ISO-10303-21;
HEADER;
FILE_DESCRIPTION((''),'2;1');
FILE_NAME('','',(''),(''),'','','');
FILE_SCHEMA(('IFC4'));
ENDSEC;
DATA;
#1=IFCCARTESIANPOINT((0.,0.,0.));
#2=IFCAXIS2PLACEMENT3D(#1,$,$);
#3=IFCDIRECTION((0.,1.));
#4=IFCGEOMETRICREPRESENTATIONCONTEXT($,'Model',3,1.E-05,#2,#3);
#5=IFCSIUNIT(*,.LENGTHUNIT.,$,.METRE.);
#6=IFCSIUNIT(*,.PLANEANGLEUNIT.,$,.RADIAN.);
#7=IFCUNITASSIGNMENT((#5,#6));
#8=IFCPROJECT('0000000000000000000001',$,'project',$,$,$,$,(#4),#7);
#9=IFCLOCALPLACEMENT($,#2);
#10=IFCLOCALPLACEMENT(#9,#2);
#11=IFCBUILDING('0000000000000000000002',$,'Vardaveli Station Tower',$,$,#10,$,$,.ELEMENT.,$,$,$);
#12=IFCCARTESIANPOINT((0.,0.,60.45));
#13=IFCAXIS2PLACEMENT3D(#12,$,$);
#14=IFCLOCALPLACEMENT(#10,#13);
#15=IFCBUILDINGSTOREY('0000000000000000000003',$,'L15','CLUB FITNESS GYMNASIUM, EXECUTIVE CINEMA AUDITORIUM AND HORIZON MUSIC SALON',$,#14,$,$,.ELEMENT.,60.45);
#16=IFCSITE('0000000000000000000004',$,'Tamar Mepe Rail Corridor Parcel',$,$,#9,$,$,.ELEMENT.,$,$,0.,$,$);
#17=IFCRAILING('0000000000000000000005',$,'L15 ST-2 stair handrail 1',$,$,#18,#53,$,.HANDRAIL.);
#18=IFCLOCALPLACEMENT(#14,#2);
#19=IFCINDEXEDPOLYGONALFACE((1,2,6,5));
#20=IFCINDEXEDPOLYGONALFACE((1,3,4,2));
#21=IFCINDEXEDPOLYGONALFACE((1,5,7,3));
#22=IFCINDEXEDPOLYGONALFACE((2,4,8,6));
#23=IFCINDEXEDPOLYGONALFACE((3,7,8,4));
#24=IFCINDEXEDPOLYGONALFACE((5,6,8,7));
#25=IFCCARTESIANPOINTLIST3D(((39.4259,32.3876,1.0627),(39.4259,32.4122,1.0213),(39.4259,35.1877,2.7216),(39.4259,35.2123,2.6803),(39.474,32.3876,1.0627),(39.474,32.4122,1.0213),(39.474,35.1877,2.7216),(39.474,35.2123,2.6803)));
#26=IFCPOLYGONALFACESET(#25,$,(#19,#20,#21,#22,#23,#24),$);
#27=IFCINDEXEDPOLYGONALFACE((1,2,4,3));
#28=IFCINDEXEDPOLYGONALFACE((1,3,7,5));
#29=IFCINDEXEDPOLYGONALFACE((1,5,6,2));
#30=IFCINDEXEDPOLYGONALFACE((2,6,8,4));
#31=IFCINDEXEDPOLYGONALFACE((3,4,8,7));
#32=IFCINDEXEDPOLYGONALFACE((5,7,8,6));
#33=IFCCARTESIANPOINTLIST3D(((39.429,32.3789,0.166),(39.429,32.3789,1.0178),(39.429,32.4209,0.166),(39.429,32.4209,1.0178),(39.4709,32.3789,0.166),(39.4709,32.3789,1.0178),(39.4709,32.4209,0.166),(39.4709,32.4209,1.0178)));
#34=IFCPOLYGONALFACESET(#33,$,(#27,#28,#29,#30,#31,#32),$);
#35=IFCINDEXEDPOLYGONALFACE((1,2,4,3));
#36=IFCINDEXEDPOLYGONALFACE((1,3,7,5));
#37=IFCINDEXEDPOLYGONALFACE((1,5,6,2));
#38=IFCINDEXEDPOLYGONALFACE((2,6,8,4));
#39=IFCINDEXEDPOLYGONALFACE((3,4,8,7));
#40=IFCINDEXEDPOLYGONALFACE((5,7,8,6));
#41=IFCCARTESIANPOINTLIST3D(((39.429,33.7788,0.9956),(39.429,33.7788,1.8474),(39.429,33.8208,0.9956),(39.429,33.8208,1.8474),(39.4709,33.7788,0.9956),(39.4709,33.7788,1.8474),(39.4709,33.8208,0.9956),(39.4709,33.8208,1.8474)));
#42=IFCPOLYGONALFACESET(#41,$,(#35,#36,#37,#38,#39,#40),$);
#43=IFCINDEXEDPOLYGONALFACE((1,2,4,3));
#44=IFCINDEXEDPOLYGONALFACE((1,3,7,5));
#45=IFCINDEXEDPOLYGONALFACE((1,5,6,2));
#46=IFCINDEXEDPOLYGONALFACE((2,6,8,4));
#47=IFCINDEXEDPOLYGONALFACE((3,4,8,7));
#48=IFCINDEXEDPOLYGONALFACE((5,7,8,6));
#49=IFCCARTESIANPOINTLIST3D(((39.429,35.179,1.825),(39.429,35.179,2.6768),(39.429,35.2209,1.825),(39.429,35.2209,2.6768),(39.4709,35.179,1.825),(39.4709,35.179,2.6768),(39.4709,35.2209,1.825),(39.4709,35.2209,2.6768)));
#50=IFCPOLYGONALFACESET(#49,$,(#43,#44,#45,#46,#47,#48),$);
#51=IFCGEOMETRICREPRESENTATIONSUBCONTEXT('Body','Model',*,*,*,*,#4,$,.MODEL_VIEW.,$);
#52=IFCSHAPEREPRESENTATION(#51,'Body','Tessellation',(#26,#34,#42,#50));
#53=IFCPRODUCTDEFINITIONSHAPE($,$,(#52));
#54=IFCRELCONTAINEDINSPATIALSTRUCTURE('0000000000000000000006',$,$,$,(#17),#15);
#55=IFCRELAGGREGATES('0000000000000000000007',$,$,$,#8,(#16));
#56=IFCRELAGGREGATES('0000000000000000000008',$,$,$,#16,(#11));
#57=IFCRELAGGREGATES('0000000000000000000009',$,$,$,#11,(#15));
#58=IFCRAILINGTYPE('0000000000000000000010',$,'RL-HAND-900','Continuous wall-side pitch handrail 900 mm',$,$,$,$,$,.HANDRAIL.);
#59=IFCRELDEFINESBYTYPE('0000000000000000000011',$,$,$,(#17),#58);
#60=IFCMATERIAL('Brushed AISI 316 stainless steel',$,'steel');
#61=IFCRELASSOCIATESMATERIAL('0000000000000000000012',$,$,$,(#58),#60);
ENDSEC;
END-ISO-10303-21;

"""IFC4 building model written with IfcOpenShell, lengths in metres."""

from ifc_helpers import new_model, si_unit, direction, frame, origin, origin_2d, place, context, subcontext, project, spatial, rectangle, extrude, source, transform, mapped, material, type_object, element, save


model = new_model("IFC4")

# Units and contexts
model_context = context("Model", 3, precision=1e-05, world=origin(), true_north=direction((0.0, 1.0)))
body_context = subcontext(model_context, "Body", "Model", "MODEL_VIEW")
ifc_project = project(units=[si_unit("LENGTHUNIT", "METRE"), si_unit("PLANEANGLEUNIT", "RADIAN")], contexts=[model_context])

# Site, building, storey
site_placement = place(None, origin())
site = spatial("IfcSite", under=ifc_project, at=site_placement, Name="Tamar Mepe Rail Corridor Parcel", CompositionType="ELEMENT", RefElevation=0.0)
building_placement = place(site_placement, origin())
building = spatial("IfcBuilding", under=site, at=building_placement, Name="Vardaveli Station Tower", CompositionType="ELEMENT")
storey_placement = place(building_placement, frame((0.0, 0.0, 60.45)))
storey = spatial("IfcBuildingStorey", under=building, at=storey_placement, Name="L15", Description="CLUB FITNESS GYMNASIUM, EXECUTIVE CINEMA AUDITORIUM AND HORIZON MUSIC SALON", CompositionType="ELEMENT", Elevation=60.45)

# Railing
ifc_material_1 = material(Name="Brushed AISI 316 stainless steel", Category="steel")
railing_type_1 = type_object("IfcRailingType", Name="RL-HAND-900", Description="Continuous wall-side pitch handrail 900 mm", PredefinedType="HANDRAIL", material=ifc_material_1)
shared_shape_1 = source(origin(), body_context, "Body", "SweptSolid", [
    extrude(rectangle(XDim=0.0481, YDim=0.0481, at=origin_2d()), frame((0.0, 0.0, 0.876), z_axis=(0.0, 0.860339, 0.509722), x_axis=(-1.0, 0.0, 0.0)), (0.0, 0.0, 1.0), 3.2546),
    extrude(rectangle(XDim=0.042, YDim=0.042, at=origin_2d()), origin(), (0.0, 0.0, 1.0), 0.8518),
    extrude(rectangle(XDim=0.042, YDim=0.042, at=origin_2d()), frame((0.0, 1.3999, 0.8296)), (0.0, 0.0, 1.0), 0.8518),
    extrude(rectangle(XDim=0.042, YDim=0.042, at=origin_2d()), frame((0.0, 2.8, 1.6589)), (0.0, 0.0, 1.0), 0.8518),
])
for number, where, name in (
    (1, (39.45, 32.3999, 0.166), "L15 ST-2 stair handrail 1"),
):
    element("IfcRailing", number, at=place(storey_placement, frame(where)), inside=storey, type_object=railing_type_1, Name=name, PredefinedType="HANDRAIL", context=body_context, shape_type="MappedRepresentation", body=[
        mapped(shared_shape_1, transform((0.0, 0.0, 0.0), scale=1.0)),
    ])

save(model, "model.ifc")
